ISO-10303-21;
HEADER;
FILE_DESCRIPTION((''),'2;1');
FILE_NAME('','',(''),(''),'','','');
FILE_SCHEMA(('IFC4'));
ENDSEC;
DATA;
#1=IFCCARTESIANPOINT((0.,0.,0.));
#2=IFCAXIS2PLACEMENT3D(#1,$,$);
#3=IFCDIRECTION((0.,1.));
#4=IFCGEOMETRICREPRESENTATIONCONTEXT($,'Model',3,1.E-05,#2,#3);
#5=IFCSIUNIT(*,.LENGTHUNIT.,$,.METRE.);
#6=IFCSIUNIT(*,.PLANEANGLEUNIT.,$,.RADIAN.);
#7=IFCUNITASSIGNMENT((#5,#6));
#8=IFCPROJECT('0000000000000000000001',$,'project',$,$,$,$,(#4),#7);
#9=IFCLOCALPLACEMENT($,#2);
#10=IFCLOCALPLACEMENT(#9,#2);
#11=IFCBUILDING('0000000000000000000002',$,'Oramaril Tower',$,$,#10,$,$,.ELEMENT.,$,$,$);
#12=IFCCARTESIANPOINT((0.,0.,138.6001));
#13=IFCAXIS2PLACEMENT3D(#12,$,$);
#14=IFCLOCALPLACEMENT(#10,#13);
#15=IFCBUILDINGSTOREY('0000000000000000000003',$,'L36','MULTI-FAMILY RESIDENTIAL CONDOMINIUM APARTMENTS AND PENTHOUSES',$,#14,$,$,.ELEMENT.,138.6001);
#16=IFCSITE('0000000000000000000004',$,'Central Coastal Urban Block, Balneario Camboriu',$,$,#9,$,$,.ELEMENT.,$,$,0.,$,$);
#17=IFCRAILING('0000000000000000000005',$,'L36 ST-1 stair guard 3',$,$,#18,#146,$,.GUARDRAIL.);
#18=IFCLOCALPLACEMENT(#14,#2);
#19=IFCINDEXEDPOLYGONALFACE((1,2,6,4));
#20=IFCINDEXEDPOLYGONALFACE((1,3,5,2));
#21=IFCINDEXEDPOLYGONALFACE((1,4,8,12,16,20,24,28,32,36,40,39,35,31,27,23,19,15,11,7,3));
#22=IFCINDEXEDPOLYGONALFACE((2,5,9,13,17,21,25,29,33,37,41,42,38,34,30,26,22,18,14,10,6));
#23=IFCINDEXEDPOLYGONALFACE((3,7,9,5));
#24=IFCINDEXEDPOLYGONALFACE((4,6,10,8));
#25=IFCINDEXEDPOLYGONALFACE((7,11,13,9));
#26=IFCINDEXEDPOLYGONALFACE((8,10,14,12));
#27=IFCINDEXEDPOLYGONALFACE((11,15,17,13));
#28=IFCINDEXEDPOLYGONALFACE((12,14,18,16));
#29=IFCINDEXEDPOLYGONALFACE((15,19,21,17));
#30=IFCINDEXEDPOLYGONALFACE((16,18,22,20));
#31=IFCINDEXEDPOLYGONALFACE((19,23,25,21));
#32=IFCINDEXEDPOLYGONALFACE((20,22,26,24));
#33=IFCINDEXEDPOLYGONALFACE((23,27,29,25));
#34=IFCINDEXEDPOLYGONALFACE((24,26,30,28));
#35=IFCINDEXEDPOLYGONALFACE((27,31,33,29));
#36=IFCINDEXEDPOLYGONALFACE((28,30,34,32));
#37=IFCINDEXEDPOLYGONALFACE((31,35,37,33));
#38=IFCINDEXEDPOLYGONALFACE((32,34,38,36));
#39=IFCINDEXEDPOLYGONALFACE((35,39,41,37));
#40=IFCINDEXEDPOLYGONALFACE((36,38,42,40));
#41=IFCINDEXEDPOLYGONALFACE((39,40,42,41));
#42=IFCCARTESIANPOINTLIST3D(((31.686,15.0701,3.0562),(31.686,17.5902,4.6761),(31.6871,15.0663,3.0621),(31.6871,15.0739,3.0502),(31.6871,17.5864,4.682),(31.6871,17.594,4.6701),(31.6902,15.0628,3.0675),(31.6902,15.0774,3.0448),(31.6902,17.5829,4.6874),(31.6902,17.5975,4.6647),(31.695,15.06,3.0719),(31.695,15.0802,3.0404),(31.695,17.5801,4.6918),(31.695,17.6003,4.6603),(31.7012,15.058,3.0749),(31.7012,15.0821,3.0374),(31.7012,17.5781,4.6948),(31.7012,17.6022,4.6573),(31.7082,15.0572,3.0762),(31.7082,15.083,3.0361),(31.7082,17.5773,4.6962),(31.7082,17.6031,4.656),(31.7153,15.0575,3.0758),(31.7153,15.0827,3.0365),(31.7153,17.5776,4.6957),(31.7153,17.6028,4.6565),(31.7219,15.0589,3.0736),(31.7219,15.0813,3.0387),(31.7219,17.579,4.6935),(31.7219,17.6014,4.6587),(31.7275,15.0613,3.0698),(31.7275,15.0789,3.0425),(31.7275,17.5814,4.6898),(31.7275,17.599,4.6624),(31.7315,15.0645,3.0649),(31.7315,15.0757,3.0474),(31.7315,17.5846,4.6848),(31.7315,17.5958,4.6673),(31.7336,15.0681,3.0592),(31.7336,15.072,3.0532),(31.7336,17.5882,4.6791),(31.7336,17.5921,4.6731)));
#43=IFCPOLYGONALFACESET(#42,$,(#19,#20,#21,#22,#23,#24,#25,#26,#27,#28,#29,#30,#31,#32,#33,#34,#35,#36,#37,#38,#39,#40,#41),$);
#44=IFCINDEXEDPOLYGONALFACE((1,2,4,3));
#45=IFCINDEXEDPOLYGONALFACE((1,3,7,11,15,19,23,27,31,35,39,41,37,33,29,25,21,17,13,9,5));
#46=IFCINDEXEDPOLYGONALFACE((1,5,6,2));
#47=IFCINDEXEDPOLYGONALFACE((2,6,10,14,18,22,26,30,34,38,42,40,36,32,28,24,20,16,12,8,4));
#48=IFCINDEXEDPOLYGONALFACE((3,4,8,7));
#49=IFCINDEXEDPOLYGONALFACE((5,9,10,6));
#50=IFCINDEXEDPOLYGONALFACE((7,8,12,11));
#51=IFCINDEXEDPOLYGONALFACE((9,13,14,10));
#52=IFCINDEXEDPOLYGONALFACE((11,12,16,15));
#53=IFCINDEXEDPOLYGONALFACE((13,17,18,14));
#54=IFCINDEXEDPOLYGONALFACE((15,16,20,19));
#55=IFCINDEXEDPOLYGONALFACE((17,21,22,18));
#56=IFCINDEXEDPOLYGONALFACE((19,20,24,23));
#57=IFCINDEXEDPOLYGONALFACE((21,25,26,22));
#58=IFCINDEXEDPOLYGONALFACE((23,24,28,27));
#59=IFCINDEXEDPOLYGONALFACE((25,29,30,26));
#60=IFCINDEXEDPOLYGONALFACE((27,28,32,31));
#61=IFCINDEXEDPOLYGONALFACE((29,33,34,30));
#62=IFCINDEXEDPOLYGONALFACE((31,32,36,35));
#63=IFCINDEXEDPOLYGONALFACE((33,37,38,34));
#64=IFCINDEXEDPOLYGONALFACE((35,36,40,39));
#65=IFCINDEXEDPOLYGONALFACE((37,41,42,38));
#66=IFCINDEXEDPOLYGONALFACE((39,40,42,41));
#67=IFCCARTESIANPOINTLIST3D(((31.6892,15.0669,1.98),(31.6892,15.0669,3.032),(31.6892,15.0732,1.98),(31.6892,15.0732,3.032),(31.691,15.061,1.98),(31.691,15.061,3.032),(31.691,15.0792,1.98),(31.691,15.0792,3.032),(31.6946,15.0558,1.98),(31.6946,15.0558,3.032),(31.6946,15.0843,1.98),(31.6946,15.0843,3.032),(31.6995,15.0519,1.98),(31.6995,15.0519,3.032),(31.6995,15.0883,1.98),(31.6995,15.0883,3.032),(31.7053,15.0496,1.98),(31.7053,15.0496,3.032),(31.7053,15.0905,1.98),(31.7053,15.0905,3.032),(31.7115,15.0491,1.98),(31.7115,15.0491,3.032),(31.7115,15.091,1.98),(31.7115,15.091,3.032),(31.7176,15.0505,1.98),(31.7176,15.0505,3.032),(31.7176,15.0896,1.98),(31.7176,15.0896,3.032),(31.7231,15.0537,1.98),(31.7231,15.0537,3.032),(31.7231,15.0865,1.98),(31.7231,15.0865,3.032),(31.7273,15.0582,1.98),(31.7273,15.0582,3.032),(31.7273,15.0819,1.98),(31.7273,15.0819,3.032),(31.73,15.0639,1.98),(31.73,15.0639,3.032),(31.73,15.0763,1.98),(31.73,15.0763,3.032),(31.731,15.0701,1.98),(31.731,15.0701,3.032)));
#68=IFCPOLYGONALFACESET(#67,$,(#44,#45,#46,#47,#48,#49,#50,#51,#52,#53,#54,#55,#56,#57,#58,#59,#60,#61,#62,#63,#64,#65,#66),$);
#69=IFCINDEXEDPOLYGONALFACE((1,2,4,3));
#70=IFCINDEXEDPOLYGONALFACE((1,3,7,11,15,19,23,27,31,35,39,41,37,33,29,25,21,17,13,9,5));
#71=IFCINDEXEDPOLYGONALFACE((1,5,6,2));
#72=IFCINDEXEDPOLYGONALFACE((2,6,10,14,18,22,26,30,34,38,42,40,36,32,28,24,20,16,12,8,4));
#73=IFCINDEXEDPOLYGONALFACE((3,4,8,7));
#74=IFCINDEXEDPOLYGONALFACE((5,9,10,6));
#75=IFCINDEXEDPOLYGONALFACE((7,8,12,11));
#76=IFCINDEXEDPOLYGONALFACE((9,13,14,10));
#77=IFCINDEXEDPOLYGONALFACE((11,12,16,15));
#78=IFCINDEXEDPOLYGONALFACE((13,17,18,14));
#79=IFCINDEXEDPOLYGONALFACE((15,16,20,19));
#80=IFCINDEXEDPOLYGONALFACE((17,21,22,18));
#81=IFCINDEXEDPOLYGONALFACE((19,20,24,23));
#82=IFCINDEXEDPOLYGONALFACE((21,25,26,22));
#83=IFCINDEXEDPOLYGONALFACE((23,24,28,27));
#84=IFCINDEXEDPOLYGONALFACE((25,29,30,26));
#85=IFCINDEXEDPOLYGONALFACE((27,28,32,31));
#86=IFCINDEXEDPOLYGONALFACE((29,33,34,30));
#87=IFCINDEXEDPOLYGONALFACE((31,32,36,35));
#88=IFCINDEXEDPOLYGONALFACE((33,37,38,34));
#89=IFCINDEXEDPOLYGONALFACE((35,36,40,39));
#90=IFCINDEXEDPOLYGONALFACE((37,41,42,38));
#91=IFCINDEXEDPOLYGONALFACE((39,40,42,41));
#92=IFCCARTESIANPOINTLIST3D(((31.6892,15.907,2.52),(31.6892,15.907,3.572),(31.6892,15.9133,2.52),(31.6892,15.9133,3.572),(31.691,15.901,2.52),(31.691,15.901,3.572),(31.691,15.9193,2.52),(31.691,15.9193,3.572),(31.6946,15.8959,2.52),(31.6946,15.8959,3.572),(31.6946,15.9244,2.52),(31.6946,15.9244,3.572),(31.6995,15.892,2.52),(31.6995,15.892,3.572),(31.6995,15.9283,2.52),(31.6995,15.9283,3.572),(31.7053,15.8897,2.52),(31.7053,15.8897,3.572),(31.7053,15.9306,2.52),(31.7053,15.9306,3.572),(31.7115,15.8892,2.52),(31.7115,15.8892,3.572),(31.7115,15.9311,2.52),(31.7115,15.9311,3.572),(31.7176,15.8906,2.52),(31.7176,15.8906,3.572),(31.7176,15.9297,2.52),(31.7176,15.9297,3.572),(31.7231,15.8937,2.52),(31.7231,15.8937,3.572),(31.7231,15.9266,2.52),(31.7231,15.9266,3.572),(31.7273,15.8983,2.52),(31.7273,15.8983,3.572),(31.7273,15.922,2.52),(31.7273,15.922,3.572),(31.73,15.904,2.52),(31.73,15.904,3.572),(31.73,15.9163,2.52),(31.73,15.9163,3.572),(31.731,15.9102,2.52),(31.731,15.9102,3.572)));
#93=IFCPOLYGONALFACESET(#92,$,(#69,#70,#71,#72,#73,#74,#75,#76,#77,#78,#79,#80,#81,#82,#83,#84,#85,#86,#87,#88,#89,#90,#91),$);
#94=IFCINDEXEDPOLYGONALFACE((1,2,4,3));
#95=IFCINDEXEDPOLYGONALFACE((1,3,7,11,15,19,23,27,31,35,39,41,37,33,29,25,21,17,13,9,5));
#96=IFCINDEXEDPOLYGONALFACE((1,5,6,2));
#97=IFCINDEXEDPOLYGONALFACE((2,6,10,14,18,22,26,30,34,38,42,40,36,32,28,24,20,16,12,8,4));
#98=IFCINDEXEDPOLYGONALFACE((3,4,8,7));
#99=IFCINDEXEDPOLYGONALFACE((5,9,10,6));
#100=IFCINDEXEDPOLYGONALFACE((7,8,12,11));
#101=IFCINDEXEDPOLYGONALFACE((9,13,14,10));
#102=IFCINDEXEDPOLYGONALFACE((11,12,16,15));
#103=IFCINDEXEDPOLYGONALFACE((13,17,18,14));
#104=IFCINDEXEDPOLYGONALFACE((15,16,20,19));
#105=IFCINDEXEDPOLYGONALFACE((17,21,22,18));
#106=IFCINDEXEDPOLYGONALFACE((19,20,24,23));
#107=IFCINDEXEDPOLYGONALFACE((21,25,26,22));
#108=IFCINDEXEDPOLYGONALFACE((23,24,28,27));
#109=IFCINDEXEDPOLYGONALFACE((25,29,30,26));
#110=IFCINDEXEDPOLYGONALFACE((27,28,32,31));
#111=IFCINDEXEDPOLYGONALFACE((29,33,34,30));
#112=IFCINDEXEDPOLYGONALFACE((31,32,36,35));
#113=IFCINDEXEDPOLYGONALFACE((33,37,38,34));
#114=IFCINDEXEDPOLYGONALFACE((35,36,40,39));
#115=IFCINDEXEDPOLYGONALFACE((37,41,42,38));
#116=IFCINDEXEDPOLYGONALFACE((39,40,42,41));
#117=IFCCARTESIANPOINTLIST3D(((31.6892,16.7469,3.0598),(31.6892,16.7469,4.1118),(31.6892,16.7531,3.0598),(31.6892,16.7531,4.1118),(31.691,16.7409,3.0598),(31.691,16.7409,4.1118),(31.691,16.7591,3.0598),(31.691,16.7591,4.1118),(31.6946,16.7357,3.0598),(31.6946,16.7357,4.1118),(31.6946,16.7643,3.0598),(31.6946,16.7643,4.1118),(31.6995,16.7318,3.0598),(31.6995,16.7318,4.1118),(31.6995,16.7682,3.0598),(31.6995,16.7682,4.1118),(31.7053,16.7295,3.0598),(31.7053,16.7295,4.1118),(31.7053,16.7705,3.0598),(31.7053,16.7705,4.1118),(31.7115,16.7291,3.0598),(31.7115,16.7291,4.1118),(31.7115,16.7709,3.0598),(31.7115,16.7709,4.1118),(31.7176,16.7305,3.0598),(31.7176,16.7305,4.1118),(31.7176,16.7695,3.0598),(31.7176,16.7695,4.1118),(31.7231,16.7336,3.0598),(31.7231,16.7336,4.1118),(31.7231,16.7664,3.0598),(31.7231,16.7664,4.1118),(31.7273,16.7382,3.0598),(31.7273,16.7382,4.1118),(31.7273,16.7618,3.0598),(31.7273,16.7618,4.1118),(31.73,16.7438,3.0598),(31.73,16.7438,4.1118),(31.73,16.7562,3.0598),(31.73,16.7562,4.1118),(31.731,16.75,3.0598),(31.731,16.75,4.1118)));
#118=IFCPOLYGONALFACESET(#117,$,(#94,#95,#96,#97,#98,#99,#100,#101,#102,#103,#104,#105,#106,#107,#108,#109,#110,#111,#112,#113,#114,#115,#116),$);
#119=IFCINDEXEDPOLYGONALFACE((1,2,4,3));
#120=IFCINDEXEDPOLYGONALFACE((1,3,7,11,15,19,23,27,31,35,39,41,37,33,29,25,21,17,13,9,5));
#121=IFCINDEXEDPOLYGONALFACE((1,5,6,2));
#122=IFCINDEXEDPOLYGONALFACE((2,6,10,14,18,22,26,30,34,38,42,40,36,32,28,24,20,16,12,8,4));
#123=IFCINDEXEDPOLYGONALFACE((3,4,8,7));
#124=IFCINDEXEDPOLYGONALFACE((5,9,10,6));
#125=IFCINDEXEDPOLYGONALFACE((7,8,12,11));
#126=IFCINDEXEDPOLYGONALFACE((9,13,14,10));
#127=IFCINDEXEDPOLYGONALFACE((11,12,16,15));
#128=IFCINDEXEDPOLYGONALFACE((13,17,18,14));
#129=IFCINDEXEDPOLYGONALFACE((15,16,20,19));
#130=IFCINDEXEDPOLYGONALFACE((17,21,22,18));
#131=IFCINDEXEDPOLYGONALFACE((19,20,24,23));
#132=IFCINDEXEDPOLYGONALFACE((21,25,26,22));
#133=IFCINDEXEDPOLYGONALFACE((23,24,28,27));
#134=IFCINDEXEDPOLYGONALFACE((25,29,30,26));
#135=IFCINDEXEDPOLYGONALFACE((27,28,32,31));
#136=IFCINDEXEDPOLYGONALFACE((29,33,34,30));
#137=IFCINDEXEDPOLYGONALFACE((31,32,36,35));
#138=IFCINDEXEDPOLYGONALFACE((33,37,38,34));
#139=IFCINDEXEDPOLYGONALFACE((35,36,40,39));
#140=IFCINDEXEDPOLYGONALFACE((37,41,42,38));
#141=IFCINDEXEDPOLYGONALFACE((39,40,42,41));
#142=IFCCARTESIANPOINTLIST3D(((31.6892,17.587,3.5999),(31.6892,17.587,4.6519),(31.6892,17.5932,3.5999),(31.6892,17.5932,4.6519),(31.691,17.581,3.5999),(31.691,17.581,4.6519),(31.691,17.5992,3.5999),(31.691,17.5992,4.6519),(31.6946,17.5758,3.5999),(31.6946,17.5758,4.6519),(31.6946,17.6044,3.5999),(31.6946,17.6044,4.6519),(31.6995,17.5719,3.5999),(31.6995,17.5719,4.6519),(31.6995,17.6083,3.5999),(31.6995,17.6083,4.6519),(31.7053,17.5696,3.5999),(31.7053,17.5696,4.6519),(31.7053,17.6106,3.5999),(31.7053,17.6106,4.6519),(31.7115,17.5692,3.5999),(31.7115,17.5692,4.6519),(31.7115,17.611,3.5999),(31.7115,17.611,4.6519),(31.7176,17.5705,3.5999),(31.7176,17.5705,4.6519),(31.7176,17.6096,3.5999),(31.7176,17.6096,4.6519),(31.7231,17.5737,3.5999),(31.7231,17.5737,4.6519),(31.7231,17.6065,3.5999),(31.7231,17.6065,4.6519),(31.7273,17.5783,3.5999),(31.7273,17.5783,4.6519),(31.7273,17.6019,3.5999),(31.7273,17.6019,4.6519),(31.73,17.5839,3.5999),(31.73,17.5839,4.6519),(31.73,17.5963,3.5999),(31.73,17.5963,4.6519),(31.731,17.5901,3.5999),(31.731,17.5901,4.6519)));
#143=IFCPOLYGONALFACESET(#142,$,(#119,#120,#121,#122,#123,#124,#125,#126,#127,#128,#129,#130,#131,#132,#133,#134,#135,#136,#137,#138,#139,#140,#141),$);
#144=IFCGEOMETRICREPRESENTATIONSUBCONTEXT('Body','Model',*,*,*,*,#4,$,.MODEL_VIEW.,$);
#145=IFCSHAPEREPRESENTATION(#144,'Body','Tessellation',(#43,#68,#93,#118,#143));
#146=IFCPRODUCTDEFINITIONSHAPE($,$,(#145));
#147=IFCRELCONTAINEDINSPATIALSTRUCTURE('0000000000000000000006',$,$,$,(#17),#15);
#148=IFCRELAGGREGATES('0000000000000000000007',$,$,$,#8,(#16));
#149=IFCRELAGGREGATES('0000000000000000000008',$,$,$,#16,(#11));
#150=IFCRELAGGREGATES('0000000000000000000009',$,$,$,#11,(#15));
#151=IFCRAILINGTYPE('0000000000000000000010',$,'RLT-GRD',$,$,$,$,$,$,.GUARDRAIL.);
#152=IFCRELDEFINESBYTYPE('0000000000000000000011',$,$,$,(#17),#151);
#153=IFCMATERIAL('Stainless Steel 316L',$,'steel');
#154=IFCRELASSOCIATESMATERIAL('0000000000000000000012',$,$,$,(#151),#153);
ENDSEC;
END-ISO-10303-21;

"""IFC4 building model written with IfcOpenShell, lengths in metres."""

from ifc_helpers import new_model, si_unit, direction, frame, origin, origin_2d, place, context, subcontext, project, spatial, circle, extrude, material, type_object, element, save


model = new_model("IFC4")

# Units and contexts
model_context = context("Model", 3, precision=1e-05, world=origin(), true_north=direction((0.0, 1.0)))
body_context = subcontext(model_context, "Body", "Model", "MODEL_VIEW")
ifc_project = project(units=[si_unit("LENGTHUNIT", "METRE"), si_unit("PLANEANGLEUNIT", "RADIAN")], contexts=[model_context])

# Site, building, storey
site_placement = place(None, origin())
site = spatial("IfcSite", under=ifc_project, at=site_placement, Name="Central Coastal Urban Block, Balneario Camboriu", CompositionType="ELEMENT", RefElevation=0.0)
building_placement = place(site_placement, origin())
building = spatial("IfcBuilding", under=site, at=building_placement, Name="Oramaril Tower", CompositionType="ELEMENT")
storey_placement = place(building_placement, frame((0.0, 0.0, 138.6001)))
storey = spatial("IfcBuildingStorey", under=building, at=storey_placement, Name="L36", Description="MULTI-FAMILY RESIDENTIAL CONDOMINIUM APARTMENTS AND PENTHOUSES", CompositionType="ELEMENT", Elevation=138.6001)

# Railing
ifc_material_1 = material(Name="Stainless Steel 316L", Category="steel")
railing_type_1 = type_object("IfcRailingType", Name="RLT-GRD", PredefinedType="GUARDRAIL", material=ifc_material_1)
railing_1_placement = place(storey_placement, frame((31.71, 15.0701, 1.98)))
element("IfcRailing", 1, at=railing_1_placement, inside=storey, type_object=railing_type_1, Name="L36 ST-1 stair guard 3", PredefinedType="GUARDRAIL", context=body_context, shape_type="SweptSolid", body=[
    extrude(circle(Radius=0.0239, at=origin_2d()), frame((0.0, 0.0, 1.0762), z_axis=(0.0, 0.8412, 0.540725), x_axis=(-1.0, 0.0, 0.0)), (0.0, 0.0, 1.0), 2.9958),
    extrude(circle(Radius=0.021, at=origin_2d()), origin(), (0.0, 0.0, 1.0), 1.052),
    extrude(circle(Radius=0.021, at=origin_2d()), frame((0.0, 0.8401, 0.54)), (0.0, 0.0, 1.0), 1.052),
    extrude(circle(Radius=0.021, at=origin_2d()), frame((0.0, 1.6799, 1.0798)), (0.0, 0.0, 1.0), 1.052),
    extrude(circle(Radius=0.021, at=origin_2d()), frame((0.0, 2.52, 1.6199)), (0.0, 0.0, 1.0), 1.052),
])

save(model, "model.ifc")
